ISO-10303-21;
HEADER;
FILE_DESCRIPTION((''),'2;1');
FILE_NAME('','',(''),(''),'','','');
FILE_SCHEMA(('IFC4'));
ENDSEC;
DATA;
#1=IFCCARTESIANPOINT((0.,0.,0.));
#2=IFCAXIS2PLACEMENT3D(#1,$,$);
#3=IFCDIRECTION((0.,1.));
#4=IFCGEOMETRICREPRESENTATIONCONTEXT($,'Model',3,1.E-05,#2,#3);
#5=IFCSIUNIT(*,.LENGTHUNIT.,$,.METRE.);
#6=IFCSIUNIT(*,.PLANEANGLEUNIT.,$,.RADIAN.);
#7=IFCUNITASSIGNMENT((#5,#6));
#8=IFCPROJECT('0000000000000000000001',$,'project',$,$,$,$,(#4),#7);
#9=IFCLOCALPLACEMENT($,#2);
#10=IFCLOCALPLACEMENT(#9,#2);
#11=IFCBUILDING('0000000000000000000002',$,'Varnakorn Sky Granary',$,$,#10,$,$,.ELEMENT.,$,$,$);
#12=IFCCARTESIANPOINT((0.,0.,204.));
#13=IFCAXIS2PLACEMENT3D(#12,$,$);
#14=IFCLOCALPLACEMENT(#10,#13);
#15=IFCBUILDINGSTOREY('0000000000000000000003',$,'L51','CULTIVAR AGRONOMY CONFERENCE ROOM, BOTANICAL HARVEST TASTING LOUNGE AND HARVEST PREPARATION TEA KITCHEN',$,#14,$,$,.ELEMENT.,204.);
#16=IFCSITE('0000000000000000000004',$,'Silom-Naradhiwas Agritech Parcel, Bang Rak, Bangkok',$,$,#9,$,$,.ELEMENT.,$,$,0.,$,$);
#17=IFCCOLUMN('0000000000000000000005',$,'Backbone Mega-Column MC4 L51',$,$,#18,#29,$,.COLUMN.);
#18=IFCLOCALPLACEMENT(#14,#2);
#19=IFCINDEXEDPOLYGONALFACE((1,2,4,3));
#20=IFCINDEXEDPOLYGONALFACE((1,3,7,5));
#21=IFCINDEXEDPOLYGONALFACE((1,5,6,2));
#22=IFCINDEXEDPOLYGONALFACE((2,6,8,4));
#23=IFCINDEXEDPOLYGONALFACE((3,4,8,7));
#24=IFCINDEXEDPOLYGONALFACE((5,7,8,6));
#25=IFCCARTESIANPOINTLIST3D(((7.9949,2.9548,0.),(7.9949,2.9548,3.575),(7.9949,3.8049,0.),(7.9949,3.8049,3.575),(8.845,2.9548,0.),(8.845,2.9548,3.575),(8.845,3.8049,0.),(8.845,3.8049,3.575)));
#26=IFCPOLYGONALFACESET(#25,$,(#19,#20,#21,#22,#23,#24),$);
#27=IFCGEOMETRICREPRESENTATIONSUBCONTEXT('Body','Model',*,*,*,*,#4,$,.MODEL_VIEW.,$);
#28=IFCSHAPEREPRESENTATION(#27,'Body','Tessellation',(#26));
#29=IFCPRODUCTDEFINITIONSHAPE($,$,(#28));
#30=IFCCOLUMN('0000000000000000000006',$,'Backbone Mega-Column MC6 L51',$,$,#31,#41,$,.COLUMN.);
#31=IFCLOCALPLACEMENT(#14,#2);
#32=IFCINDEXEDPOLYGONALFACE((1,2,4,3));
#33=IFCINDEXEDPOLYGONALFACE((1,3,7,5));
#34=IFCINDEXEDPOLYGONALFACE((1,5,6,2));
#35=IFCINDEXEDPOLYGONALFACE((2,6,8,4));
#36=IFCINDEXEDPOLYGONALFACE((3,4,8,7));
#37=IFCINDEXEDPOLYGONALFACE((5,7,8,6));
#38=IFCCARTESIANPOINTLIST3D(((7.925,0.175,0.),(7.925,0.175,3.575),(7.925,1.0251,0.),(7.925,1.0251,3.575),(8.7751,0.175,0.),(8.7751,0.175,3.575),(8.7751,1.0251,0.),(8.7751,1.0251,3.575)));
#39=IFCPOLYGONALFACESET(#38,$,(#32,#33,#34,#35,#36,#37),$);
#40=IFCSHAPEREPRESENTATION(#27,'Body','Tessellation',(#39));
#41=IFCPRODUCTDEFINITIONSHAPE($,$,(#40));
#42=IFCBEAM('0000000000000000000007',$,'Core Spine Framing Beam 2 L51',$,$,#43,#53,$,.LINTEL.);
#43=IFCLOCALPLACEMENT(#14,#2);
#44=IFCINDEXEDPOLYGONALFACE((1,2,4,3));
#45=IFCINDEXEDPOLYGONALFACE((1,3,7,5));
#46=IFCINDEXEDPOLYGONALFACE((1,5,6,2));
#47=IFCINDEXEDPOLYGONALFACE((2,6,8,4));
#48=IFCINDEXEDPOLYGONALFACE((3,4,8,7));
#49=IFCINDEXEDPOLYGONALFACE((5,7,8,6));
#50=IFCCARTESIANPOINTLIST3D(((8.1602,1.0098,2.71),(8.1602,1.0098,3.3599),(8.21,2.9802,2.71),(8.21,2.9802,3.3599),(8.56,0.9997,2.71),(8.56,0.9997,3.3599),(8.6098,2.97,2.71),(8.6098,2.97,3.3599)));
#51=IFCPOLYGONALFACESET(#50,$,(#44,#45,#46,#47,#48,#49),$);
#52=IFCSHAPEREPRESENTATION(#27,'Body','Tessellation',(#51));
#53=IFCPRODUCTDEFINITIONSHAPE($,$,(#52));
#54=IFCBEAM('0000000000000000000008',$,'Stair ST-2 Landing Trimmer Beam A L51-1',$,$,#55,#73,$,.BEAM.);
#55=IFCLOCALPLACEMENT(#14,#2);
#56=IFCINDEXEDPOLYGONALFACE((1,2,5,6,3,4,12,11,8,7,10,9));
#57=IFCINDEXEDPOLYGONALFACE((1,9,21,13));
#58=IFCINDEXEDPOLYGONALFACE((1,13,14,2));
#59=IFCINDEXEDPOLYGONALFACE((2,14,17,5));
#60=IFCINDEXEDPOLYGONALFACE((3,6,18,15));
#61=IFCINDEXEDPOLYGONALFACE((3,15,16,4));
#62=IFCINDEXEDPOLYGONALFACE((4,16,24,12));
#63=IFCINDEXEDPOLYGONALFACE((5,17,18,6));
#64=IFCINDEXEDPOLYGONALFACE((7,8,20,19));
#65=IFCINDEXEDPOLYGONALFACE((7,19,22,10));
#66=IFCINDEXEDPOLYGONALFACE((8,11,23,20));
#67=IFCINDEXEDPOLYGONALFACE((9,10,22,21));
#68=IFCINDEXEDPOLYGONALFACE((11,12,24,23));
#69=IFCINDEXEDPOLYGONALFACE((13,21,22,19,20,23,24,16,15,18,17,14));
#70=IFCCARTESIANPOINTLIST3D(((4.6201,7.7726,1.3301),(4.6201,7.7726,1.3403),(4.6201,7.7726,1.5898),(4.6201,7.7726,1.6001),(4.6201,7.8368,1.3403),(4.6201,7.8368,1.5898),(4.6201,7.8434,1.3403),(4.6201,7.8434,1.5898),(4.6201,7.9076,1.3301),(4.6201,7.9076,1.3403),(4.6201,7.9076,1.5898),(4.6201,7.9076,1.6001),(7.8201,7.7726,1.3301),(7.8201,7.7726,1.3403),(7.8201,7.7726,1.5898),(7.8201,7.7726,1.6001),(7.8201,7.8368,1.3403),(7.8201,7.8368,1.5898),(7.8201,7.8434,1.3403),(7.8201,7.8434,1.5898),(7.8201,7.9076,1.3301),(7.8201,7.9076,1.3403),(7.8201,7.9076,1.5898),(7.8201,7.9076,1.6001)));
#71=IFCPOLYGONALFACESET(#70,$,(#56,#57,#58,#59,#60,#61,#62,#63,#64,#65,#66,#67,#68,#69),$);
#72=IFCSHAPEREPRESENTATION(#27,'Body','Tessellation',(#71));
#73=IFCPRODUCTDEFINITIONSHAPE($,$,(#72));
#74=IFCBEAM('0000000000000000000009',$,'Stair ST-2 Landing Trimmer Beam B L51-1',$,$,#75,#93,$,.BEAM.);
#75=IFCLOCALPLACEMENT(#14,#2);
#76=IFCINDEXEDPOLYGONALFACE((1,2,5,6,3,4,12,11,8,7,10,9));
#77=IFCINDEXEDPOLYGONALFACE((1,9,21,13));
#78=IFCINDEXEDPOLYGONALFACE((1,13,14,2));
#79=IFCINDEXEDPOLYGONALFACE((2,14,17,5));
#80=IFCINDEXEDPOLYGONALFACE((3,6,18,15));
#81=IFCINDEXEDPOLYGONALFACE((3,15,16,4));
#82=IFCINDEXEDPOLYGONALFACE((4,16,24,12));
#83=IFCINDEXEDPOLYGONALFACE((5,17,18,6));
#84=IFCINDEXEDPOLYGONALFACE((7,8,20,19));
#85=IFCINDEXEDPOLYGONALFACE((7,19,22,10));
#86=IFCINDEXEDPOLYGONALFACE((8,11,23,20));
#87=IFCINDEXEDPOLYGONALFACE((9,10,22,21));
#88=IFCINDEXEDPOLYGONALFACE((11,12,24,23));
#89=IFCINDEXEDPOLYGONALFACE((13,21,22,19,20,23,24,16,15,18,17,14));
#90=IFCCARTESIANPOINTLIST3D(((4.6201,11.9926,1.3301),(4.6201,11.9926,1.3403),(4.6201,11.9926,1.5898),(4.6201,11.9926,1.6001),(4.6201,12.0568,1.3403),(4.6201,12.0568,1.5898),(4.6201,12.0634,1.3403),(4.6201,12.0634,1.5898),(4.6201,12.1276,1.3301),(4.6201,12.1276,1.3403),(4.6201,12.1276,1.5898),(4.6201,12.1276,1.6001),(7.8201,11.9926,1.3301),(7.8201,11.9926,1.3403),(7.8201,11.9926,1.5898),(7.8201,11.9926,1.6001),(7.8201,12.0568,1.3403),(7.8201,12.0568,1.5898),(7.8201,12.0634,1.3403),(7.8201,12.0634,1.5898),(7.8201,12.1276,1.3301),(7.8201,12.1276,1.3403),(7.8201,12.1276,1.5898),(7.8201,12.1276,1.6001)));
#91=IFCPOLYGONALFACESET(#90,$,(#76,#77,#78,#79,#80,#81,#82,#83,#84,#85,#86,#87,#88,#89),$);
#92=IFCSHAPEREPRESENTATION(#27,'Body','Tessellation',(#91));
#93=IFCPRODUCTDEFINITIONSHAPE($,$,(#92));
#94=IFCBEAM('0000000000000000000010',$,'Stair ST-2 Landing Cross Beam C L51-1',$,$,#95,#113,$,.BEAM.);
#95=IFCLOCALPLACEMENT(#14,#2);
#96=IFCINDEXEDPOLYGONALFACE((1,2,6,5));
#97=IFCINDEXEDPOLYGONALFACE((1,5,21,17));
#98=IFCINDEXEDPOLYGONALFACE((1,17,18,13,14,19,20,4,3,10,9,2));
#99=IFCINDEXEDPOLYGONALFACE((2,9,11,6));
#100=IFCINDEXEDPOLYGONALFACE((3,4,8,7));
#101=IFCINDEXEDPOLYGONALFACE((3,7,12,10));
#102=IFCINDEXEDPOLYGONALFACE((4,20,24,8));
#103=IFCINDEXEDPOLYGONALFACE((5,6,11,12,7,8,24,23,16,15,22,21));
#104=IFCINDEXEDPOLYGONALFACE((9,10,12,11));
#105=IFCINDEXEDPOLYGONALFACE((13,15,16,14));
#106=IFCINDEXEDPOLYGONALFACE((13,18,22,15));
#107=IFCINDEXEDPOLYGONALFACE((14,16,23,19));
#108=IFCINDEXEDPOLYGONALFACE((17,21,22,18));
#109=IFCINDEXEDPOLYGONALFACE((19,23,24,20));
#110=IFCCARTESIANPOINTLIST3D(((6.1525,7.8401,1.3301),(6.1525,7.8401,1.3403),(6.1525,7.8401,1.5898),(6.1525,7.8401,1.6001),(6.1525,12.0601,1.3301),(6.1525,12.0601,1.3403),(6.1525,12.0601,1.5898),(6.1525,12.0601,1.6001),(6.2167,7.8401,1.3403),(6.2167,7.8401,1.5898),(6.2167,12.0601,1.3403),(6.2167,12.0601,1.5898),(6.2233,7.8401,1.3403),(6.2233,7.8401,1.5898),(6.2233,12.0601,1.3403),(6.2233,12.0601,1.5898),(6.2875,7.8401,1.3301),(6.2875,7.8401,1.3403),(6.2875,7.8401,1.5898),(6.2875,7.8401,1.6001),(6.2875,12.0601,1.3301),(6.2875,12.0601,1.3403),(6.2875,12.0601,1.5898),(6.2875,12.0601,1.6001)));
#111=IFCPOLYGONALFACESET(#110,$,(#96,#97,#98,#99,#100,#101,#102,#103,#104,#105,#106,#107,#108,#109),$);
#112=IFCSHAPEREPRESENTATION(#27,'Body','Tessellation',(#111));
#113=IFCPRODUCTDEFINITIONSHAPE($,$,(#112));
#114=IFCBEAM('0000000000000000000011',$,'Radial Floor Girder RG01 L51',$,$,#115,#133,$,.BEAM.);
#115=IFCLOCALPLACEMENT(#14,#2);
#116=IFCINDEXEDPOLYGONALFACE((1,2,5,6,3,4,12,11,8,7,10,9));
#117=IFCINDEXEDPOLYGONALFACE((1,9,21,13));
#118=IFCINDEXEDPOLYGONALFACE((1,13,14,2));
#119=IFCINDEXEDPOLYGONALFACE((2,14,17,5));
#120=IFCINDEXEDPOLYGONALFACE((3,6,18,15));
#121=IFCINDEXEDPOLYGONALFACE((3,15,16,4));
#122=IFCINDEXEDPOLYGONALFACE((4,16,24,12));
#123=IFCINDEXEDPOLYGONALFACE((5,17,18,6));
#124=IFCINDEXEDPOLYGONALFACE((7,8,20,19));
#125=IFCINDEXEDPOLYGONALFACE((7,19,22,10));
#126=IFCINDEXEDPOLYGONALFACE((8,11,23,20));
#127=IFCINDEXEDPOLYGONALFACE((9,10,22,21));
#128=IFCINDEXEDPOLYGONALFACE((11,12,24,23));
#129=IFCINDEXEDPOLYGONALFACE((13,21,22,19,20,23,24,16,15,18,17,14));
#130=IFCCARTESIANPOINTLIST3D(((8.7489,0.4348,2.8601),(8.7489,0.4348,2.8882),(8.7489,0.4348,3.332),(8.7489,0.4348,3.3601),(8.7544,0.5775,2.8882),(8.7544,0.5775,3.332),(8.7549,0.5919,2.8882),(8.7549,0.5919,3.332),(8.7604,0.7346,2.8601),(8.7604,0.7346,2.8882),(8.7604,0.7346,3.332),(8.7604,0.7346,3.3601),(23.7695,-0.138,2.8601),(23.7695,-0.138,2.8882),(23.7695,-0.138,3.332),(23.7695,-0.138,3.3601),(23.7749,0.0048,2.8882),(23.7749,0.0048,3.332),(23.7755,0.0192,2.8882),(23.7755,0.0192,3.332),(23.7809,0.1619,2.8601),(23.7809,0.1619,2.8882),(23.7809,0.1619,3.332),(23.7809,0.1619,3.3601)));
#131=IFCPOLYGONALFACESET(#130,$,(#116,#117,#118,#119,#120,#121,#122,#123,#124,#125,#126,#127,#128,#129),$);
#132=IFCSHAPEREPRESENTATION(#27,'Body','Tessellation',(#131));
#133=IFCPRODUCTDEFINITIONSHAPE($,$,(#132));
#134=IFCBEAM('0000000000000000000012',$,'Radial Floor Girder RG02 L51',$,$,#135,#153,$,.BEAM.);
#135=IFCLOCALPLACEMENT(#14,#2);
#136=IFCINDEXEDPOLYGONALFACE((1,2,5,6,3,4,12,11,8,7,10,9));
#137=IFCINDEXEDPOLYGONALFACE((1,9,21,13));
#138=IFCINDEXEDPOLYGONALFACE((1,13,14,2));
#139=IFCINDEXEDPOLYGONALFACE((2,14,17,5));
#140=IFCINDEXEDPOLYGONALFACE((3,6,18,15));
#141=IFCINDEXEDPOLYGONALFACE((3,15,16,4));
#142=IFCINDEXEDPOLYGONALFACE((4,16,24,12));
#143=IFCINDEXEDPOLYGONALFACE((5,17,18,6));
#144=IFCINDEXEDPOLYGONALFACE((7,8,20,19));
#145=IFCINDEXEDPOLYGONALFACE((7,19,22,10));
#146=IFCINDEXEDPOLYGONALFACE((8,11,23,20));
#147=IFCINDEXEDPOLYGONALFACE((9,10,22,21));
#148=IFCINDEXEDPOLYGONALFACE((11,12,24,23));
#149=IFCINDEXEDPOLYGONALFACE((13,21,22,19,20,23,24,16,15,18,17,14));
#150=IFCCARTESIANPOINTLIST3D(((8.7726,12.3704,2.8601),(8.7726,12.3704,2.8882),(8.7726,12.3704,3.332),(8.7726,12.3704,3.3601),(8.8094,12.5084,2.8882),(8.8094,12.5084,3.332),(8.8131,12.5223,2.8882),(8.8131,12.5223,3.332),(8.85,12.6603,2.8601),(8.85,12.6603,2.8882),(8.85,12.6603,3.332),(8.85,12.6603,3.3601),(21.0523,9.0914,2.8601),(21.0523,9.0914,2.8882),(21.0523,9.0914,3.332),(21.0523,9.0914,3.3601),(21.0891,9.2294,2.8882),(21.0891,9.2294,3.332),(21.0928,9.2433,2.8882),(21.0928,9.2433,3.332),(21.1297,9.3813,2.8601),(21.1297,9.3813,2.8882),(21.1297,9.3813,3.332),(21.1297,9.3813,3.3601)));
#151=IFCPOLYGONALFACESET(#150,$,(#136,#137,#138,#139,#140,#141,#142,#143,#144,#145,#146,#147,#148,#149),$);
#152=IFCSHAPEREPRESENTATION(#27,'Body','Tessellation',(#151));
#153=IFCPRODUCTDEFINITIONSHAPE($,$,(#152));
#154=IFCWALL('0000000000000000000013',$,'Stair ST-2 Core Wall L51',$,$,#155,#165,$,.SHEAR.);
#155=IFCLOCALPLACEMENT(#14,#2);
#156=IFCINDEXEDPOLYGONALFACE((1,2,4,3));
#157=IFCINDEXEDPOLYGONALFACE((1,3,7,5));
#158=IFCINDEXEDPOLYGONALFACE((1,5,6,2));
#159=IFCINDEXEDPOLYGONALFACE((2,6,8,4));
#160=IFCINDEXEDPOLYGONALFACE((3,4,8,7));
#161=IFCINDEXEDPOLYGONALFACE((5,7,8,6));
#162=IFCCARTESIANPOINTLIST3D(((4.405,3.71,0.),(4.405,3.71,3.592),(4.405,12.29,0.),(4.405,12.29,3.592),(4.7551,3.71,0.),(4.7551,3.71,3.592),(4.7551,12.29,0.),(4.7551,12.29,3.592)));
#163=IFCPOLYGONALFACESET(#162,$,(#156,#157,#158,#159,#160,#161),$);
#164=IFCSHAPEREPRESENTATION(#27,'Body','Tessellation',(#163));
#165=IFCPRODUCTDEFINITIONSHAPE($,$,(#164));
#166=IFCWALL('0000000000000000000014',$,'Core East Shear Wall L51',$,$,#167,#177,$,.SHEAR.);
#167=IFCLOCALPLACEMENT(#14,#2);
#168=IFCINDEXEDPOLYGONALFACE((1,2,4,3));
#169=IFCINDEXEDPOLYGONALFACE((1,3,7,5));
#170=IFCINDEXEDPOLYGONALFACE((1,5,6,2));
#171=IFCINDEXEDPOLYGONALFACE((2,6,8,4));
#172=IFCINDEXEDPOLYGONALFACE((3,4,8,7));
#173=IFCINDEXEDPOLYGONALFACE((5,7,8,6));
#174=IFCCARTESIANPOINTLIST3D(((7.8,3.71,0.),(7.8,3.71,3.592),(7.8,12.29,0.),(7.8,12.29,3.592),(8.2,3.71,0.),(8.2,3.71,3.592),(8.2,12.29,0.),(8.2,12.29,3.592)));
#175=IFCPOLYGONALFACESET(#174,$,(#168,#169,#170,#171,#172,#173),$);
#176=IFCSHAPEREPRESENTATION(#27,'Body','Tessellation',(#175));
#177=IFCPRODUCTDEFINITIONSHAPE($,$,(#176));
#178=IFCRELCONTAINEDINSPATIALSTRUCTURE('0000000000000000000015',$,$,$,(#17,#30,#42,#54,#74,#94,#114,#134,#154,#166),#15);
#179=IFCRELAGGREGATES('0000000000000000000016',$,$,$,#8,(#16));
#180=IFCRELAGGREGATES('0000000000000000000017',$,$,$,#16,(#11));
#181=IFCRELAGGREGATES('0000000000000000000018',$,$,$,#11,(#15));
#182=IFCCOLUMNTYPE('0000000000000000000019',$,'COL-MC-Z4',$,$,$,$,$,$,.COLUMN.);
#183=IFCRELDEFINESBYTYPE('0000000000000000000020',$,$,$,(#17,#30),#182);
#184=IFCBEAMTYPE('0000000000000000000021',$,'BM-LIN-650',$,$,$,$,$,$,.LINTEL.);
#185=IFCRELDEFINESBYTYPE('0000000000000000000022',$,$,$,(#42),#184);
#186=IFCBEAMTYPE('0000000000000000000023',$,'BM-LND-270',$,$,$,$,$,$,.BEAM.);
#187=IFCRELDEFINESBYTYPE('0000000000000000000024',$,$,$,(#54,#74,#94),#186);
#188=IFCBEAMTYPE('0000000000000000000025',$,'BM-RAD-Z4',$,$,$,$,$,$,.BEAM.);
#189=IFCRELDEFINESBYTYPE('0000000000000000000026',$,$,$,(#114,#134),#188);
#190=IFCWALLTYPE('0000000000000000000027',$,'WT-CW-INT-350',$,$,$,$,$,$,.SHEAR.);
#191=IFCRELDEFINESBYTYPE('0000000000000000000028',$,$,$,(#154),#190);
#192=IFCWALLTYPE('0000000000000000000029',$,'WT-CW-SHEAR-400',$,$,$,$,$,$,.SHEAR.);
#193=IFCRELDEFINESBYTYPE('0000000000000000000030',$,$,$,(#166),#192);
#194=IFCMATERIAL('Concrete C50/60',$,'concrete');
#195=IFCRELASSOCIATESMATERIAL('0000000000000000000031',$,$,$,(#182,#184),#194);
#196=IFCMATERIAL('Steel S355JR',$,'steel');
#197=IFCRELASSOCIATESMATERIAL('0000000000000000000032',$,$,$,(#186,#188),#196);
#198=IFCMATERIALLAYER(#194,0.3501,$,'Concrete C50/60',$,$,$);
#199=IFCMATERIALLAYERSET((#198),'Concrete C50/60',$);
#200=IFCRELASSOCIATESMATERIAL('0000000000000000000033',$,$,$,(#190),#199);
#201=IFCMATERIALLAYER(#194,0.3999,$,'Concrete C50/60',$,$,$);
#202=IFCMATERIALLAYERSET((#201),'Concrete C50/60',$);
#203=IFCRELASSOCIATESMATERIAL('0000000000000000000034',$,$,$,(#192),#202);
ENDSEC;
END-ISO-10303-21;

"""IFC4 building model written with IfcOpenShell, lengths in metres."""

from ifc_helpers import new_model, si_unit, direction, frame, frame_2d, origin, origin_2d, place, context, subcontext, project, spatial, rectangle, i_section, extrude, material, layer, layer_set, material_profile, profile_set, type_object, element, save


model = new_model("IFC4")

# Units and contexts
model_context = context("Model", 3, precision=1e-05, world=origin(), true_north=direction((0.0, 1.0)))
body_context = subcontext(model_context, "Body", "Model", "MODEL_VIEW")
ifc_project = project(units=[si_unit("LENGTHUNIT", "METRE"), si_unit("PLANEANGLEUNIT", "RADIAN")], contexts=[model_context])

# Site, building, storey
site_placement = place(None, origin())
site = spatial("IfcSite", under=ifc_project, at=site_placement, Name="Silom-Naradhiwas Agritech Parcel, Bang Rak, Bangkok", CompositionType="ELEMENT", RefElevation=0.0)
building_placement = place(site_placement, origin())
building = spatial("IfcBuilding", under=site, at=building_placement, Name="Varnakorn Sky Granary", CompositionType="ELEMENT")
storey_placement = place(building_placement, frame((0.0, 0.0, 204.0)))
storey = spatial("IfcBuildingStorey", under=building, at=storey_placement, Name="L51", Description="CULTIVAR AGRONOMY CONFERENCE ROOM, BOTANICAL HARVEST TASTING LOUNGE AND HARVEST PREPARATION TEA KITCHEN", CompositionType="ELEMENT", Elevation=204.0)

# Columns
ifc_material_1 = material(Name="Concrete C50/60", Category="concrete")
ifc_material_profile_1 = material_profile(ifc_material_1, rectangle(XDim=0.8501, YDim=0.8501, at=origin_2d()), Name="RC 850x850")
ifc_profile_set_1 = profile_set([ifc_material_profile_1], Name="Concrete C50/60")
column_type = type_object("IfcColumnType", Name="COL-MC-Z4", PredefinedType="COLUMN", material=ifc_profile_set_1)
for number, where, z_axis, x_axis, name in (
    (1, (8.4199, 3.3799, 0.0), (0.0, 0.0, 1.0), (1.0, 0.0, 0.0), "Backbone Mega-Column MC4 L51"),
    (2, (8.3501, 0.6001, 0.0), (0.0, 0.0, 1.0), (1.0, 0.0, 0.0), "Backbone Mega-Column MC6 L51"),
):
    element("IfcColumn", number, at=place(storey_placement, frame(where, z_axis=z_axis, x_axis=x_axis)), inside=storey, type_object=column_type, Name=name, PredefinedType="COLUMN", context=body_context, shape_type="SweptSolid", body=[
        extrude(rectangle(XDim=0.8501, YDim=0.8501, at=origin_2d()), origin(), (0.0, 0.0, 1.0), 3.575),
    ])

# Beams
ifc_material_profile_2 = material_profile(ifc_material_1, rectangle(XDim=0.3999, YDim=0.6499, at=origin_2d()), Name="RC 400x650")
ifc_profile_set_2 = profile_set([ifc_material_profile_2], Name="Concrete C50/60")
beam_type_1 = type_object("IfcBeamType", Name="BM-LIN-650", PredefinedType="LINTEL", material=ifc_profile_set_2)
beam_1_placement = place(storey_placement, frame((8.4099, 2.9751, 3.0349), z_axis=(-0.025271, -0.999681, 0.0), x_axis=(0.999681, -0.025271, 0.0)))
element("IfcBeam", 3, at=beam_1_placement, inside=storey, type_object=beam_type_1, Name="Core Spine Framing Beam 2 L51", PredefinedType="LINTEL", context=body_context, shape_type="SweptSolid", body=[
    extrude(rectangle(XDim=0.3999, YDim=0.6499, at=origin_2d()), origin(), (0.0, 0.0, 1.0), 1.9709),
])
ifc_material_2 = material(Name="Steel S355JR", Category="steel")
ifc_material_profile_3 = material_profile(ifc_material_2, i_section(OverallWidth=0.135, OverallDepth=0.27, WebThickness=0.0066, FlangeThickness=0.0103, at=origin_2d()), Name="IPE 270")
ifc_profile_set_3 = profile_set([ifc_material_profile_3], Name="Steel S355JR")
beam_type_2 = type_object("IfcBeamType", Name="BM-LND-270", PredefinedType="BEAM", material=ifc_profile_set_3)
for number, where, z_axis, x_axis, name in (
    (4, (4.6201, 7.8401, 1.4651), (1.0, 0.0, 0.0), (0.0, 1.0, 0.0), "Stair ST-2 Landing Trimmer Beam A L51-1"),
    (5, (4.6201, 12.0601, 1.4651), (1.0, 0.0, 0.0), (0.0, 1.0, 0.0), "Stair ST-2 Landing Trimmer Beam B L51-1"),
):
    element("IfcBeam", number, at=place(storey_placement, frame(where, z_axis=z_axis, x_axis=x_axis)), inside=storey, type_object=beam_type_2, Name=name, PredefinedType="BEAM", context=body_context, shape_type="SweptSolid", body=[
        extrude(i_section(OverallWidth=0.135, OverallDepth=0.27, WebThickness=0.0066, FlangeThickness=0.0103, at=origin_2d()), origin(), (0.0, 0.0, 1.0), 3.2),
    ])
beam_2_placement = place(storey_placement, frame((6.22, 7.8401, 1.4651), z_axis=(0.0, 1.0, 0.0), x_axis=(-1.0, 0.0, 0.0)))
element("IfcBeam", 6, at=beam_2_placement, inside=storey, type_object=beam_type_2, Name="Stair ST-2 Landing Cross Beam C L51-1", PredefinedType="BEAM", context=body_context, shape_type="SweptSolid", body=[
    extrude(i_section(OverallWidth=0.135, OverallDepth=0.27, WebThickness=0.0066, FlangeThickness=0.0103, at=origin_2d()), origin(), (0.0, 0.0, 1.0), 4.22),
])
ifc_material_profile_4 = material_profile(ifc_material_2, i_section(OverallWidth=0.3, OverallDepth=0.5, WebThickness=0.0144, FlangeThickness=0.0281, at=origin_2d()), Name="HE 500 B")
ifc_profile_set_4 = profile_set([ifc_material_profile_4], Name="Steel S355JR")
beam_type_3 = type_object("IfcBeamType", Name="BM-RAD-Z4", PredefinedType="BEAM", material=ifc_profile_set_4)
beam_3_placement = place(storey_placement, frame((8.7546, 0.5847, 3.1101), z_axis=(0.999274, -0.038104, 0.0), x_axis=(0.038104, 0.999274, 0.0)))
element("IfcBeam", 7, at=beam_3_placement, inside=storey, type_object=beam_type_3, Name="Radial Floor Girder RG01 L51", PredefinedType="BEAM", context=body_context, shape_type="SweptSolid", body=[
    extrude(i_section(OverallWidth=0.3, OverallDepth=0.5, WebThickness=0.0144, FlangeThickness=0.0281, at=origin_2d()), origin(), (0.0, 0.0, 1.0), 15.0315),
])
beam_4_placement = place(storey_placement, frame((8.8113, 12.5154, 3.1101), z_axis=(0.966148, -0.257989, 0.0), x_axis=(0.257989, 0.966148, 0.0)))
element("IfcBeam", 8, at=beam_4_placement, inside=storey, type_object=beam_type_3, Name="Radial Floor Girder RG02 L51", PredefinedType="BEAM", context=body_context, shape_type="SweptSolid", body=[
    extrude(i_section(OverallWidth=0.3, OverallDepth=0.5, WebThickness=0.0144, FlangeThickness=0.0281, at=origin_2d()), origin(), (0.0, 0.0, 1.0), 12.71),
])

# Walls
ifc_layer_1 = layer(ifc_material_1, 0.3501, Name="Concrete C50/60")
ifc_layer_set_1 = layer_set([ifc_layer_1], Name="Concrete C50/60")
wall_type_1 = type_object("IfcWallType", Name="WT-CW-INT-350", PredefinedType="SHEAR", material=ifc_layer_set_1)
wall_1_placement = place(storey_placement, frame((4.5801, 3.71, 0.0), z_axis=(0.0, 0.0, 1.0), x_axis=(0.0, 1.0, 0.0)))
element("IfcWall", 9, at=wall_1_placement, inside=storey, type_object=wall_type_1, Name="Stair ST-2 Core Wall L51", PredefinedType="SHEAR", context=body_context, shape_type="SweptSolid", body=[
    extrude(rectangle(XDim=8.5801, YDim=0.3501, at=frame_2d((4.29, 0.0))), origin(), (0.0, 0.0, 1.0), 3.592),
])
ifc_layer_2 = layer(ifc_material_1, 0.3999, Name="Concrete C50/60")
ifc_layer_set_2 = layer_set([ifc_layer_2], Name="Concrete C50/60")
wall_type_2 = type_object("IfcWallType", Name="WT-CW-SHEAR-400", PredefinedType="SHEAR", material=ifc_layer_set_2)
wall_2_placement = place(storey_placement, frame((8.0, 3.71, 0.0), z_axis=(0.0, 0.0, 1.0), x_axis=(0.0, 1.0, 0.0)))
element("IfcWall", 10, at=wall_2_placement, inside=storey, type_object=wall_type_2, Name="Core East Shear Wall L51", PredefinedType="SHEAR", context=body_context, shape_type="SweptSolid", body=[
    extrude(rectangle(XDim=8.5801, YDim=0.3999, at=frame_2d((4.29, 0.0))), origin(), (0.0, 0.0, 1.0), 3.592),
])

save(model, "model.ifc")
